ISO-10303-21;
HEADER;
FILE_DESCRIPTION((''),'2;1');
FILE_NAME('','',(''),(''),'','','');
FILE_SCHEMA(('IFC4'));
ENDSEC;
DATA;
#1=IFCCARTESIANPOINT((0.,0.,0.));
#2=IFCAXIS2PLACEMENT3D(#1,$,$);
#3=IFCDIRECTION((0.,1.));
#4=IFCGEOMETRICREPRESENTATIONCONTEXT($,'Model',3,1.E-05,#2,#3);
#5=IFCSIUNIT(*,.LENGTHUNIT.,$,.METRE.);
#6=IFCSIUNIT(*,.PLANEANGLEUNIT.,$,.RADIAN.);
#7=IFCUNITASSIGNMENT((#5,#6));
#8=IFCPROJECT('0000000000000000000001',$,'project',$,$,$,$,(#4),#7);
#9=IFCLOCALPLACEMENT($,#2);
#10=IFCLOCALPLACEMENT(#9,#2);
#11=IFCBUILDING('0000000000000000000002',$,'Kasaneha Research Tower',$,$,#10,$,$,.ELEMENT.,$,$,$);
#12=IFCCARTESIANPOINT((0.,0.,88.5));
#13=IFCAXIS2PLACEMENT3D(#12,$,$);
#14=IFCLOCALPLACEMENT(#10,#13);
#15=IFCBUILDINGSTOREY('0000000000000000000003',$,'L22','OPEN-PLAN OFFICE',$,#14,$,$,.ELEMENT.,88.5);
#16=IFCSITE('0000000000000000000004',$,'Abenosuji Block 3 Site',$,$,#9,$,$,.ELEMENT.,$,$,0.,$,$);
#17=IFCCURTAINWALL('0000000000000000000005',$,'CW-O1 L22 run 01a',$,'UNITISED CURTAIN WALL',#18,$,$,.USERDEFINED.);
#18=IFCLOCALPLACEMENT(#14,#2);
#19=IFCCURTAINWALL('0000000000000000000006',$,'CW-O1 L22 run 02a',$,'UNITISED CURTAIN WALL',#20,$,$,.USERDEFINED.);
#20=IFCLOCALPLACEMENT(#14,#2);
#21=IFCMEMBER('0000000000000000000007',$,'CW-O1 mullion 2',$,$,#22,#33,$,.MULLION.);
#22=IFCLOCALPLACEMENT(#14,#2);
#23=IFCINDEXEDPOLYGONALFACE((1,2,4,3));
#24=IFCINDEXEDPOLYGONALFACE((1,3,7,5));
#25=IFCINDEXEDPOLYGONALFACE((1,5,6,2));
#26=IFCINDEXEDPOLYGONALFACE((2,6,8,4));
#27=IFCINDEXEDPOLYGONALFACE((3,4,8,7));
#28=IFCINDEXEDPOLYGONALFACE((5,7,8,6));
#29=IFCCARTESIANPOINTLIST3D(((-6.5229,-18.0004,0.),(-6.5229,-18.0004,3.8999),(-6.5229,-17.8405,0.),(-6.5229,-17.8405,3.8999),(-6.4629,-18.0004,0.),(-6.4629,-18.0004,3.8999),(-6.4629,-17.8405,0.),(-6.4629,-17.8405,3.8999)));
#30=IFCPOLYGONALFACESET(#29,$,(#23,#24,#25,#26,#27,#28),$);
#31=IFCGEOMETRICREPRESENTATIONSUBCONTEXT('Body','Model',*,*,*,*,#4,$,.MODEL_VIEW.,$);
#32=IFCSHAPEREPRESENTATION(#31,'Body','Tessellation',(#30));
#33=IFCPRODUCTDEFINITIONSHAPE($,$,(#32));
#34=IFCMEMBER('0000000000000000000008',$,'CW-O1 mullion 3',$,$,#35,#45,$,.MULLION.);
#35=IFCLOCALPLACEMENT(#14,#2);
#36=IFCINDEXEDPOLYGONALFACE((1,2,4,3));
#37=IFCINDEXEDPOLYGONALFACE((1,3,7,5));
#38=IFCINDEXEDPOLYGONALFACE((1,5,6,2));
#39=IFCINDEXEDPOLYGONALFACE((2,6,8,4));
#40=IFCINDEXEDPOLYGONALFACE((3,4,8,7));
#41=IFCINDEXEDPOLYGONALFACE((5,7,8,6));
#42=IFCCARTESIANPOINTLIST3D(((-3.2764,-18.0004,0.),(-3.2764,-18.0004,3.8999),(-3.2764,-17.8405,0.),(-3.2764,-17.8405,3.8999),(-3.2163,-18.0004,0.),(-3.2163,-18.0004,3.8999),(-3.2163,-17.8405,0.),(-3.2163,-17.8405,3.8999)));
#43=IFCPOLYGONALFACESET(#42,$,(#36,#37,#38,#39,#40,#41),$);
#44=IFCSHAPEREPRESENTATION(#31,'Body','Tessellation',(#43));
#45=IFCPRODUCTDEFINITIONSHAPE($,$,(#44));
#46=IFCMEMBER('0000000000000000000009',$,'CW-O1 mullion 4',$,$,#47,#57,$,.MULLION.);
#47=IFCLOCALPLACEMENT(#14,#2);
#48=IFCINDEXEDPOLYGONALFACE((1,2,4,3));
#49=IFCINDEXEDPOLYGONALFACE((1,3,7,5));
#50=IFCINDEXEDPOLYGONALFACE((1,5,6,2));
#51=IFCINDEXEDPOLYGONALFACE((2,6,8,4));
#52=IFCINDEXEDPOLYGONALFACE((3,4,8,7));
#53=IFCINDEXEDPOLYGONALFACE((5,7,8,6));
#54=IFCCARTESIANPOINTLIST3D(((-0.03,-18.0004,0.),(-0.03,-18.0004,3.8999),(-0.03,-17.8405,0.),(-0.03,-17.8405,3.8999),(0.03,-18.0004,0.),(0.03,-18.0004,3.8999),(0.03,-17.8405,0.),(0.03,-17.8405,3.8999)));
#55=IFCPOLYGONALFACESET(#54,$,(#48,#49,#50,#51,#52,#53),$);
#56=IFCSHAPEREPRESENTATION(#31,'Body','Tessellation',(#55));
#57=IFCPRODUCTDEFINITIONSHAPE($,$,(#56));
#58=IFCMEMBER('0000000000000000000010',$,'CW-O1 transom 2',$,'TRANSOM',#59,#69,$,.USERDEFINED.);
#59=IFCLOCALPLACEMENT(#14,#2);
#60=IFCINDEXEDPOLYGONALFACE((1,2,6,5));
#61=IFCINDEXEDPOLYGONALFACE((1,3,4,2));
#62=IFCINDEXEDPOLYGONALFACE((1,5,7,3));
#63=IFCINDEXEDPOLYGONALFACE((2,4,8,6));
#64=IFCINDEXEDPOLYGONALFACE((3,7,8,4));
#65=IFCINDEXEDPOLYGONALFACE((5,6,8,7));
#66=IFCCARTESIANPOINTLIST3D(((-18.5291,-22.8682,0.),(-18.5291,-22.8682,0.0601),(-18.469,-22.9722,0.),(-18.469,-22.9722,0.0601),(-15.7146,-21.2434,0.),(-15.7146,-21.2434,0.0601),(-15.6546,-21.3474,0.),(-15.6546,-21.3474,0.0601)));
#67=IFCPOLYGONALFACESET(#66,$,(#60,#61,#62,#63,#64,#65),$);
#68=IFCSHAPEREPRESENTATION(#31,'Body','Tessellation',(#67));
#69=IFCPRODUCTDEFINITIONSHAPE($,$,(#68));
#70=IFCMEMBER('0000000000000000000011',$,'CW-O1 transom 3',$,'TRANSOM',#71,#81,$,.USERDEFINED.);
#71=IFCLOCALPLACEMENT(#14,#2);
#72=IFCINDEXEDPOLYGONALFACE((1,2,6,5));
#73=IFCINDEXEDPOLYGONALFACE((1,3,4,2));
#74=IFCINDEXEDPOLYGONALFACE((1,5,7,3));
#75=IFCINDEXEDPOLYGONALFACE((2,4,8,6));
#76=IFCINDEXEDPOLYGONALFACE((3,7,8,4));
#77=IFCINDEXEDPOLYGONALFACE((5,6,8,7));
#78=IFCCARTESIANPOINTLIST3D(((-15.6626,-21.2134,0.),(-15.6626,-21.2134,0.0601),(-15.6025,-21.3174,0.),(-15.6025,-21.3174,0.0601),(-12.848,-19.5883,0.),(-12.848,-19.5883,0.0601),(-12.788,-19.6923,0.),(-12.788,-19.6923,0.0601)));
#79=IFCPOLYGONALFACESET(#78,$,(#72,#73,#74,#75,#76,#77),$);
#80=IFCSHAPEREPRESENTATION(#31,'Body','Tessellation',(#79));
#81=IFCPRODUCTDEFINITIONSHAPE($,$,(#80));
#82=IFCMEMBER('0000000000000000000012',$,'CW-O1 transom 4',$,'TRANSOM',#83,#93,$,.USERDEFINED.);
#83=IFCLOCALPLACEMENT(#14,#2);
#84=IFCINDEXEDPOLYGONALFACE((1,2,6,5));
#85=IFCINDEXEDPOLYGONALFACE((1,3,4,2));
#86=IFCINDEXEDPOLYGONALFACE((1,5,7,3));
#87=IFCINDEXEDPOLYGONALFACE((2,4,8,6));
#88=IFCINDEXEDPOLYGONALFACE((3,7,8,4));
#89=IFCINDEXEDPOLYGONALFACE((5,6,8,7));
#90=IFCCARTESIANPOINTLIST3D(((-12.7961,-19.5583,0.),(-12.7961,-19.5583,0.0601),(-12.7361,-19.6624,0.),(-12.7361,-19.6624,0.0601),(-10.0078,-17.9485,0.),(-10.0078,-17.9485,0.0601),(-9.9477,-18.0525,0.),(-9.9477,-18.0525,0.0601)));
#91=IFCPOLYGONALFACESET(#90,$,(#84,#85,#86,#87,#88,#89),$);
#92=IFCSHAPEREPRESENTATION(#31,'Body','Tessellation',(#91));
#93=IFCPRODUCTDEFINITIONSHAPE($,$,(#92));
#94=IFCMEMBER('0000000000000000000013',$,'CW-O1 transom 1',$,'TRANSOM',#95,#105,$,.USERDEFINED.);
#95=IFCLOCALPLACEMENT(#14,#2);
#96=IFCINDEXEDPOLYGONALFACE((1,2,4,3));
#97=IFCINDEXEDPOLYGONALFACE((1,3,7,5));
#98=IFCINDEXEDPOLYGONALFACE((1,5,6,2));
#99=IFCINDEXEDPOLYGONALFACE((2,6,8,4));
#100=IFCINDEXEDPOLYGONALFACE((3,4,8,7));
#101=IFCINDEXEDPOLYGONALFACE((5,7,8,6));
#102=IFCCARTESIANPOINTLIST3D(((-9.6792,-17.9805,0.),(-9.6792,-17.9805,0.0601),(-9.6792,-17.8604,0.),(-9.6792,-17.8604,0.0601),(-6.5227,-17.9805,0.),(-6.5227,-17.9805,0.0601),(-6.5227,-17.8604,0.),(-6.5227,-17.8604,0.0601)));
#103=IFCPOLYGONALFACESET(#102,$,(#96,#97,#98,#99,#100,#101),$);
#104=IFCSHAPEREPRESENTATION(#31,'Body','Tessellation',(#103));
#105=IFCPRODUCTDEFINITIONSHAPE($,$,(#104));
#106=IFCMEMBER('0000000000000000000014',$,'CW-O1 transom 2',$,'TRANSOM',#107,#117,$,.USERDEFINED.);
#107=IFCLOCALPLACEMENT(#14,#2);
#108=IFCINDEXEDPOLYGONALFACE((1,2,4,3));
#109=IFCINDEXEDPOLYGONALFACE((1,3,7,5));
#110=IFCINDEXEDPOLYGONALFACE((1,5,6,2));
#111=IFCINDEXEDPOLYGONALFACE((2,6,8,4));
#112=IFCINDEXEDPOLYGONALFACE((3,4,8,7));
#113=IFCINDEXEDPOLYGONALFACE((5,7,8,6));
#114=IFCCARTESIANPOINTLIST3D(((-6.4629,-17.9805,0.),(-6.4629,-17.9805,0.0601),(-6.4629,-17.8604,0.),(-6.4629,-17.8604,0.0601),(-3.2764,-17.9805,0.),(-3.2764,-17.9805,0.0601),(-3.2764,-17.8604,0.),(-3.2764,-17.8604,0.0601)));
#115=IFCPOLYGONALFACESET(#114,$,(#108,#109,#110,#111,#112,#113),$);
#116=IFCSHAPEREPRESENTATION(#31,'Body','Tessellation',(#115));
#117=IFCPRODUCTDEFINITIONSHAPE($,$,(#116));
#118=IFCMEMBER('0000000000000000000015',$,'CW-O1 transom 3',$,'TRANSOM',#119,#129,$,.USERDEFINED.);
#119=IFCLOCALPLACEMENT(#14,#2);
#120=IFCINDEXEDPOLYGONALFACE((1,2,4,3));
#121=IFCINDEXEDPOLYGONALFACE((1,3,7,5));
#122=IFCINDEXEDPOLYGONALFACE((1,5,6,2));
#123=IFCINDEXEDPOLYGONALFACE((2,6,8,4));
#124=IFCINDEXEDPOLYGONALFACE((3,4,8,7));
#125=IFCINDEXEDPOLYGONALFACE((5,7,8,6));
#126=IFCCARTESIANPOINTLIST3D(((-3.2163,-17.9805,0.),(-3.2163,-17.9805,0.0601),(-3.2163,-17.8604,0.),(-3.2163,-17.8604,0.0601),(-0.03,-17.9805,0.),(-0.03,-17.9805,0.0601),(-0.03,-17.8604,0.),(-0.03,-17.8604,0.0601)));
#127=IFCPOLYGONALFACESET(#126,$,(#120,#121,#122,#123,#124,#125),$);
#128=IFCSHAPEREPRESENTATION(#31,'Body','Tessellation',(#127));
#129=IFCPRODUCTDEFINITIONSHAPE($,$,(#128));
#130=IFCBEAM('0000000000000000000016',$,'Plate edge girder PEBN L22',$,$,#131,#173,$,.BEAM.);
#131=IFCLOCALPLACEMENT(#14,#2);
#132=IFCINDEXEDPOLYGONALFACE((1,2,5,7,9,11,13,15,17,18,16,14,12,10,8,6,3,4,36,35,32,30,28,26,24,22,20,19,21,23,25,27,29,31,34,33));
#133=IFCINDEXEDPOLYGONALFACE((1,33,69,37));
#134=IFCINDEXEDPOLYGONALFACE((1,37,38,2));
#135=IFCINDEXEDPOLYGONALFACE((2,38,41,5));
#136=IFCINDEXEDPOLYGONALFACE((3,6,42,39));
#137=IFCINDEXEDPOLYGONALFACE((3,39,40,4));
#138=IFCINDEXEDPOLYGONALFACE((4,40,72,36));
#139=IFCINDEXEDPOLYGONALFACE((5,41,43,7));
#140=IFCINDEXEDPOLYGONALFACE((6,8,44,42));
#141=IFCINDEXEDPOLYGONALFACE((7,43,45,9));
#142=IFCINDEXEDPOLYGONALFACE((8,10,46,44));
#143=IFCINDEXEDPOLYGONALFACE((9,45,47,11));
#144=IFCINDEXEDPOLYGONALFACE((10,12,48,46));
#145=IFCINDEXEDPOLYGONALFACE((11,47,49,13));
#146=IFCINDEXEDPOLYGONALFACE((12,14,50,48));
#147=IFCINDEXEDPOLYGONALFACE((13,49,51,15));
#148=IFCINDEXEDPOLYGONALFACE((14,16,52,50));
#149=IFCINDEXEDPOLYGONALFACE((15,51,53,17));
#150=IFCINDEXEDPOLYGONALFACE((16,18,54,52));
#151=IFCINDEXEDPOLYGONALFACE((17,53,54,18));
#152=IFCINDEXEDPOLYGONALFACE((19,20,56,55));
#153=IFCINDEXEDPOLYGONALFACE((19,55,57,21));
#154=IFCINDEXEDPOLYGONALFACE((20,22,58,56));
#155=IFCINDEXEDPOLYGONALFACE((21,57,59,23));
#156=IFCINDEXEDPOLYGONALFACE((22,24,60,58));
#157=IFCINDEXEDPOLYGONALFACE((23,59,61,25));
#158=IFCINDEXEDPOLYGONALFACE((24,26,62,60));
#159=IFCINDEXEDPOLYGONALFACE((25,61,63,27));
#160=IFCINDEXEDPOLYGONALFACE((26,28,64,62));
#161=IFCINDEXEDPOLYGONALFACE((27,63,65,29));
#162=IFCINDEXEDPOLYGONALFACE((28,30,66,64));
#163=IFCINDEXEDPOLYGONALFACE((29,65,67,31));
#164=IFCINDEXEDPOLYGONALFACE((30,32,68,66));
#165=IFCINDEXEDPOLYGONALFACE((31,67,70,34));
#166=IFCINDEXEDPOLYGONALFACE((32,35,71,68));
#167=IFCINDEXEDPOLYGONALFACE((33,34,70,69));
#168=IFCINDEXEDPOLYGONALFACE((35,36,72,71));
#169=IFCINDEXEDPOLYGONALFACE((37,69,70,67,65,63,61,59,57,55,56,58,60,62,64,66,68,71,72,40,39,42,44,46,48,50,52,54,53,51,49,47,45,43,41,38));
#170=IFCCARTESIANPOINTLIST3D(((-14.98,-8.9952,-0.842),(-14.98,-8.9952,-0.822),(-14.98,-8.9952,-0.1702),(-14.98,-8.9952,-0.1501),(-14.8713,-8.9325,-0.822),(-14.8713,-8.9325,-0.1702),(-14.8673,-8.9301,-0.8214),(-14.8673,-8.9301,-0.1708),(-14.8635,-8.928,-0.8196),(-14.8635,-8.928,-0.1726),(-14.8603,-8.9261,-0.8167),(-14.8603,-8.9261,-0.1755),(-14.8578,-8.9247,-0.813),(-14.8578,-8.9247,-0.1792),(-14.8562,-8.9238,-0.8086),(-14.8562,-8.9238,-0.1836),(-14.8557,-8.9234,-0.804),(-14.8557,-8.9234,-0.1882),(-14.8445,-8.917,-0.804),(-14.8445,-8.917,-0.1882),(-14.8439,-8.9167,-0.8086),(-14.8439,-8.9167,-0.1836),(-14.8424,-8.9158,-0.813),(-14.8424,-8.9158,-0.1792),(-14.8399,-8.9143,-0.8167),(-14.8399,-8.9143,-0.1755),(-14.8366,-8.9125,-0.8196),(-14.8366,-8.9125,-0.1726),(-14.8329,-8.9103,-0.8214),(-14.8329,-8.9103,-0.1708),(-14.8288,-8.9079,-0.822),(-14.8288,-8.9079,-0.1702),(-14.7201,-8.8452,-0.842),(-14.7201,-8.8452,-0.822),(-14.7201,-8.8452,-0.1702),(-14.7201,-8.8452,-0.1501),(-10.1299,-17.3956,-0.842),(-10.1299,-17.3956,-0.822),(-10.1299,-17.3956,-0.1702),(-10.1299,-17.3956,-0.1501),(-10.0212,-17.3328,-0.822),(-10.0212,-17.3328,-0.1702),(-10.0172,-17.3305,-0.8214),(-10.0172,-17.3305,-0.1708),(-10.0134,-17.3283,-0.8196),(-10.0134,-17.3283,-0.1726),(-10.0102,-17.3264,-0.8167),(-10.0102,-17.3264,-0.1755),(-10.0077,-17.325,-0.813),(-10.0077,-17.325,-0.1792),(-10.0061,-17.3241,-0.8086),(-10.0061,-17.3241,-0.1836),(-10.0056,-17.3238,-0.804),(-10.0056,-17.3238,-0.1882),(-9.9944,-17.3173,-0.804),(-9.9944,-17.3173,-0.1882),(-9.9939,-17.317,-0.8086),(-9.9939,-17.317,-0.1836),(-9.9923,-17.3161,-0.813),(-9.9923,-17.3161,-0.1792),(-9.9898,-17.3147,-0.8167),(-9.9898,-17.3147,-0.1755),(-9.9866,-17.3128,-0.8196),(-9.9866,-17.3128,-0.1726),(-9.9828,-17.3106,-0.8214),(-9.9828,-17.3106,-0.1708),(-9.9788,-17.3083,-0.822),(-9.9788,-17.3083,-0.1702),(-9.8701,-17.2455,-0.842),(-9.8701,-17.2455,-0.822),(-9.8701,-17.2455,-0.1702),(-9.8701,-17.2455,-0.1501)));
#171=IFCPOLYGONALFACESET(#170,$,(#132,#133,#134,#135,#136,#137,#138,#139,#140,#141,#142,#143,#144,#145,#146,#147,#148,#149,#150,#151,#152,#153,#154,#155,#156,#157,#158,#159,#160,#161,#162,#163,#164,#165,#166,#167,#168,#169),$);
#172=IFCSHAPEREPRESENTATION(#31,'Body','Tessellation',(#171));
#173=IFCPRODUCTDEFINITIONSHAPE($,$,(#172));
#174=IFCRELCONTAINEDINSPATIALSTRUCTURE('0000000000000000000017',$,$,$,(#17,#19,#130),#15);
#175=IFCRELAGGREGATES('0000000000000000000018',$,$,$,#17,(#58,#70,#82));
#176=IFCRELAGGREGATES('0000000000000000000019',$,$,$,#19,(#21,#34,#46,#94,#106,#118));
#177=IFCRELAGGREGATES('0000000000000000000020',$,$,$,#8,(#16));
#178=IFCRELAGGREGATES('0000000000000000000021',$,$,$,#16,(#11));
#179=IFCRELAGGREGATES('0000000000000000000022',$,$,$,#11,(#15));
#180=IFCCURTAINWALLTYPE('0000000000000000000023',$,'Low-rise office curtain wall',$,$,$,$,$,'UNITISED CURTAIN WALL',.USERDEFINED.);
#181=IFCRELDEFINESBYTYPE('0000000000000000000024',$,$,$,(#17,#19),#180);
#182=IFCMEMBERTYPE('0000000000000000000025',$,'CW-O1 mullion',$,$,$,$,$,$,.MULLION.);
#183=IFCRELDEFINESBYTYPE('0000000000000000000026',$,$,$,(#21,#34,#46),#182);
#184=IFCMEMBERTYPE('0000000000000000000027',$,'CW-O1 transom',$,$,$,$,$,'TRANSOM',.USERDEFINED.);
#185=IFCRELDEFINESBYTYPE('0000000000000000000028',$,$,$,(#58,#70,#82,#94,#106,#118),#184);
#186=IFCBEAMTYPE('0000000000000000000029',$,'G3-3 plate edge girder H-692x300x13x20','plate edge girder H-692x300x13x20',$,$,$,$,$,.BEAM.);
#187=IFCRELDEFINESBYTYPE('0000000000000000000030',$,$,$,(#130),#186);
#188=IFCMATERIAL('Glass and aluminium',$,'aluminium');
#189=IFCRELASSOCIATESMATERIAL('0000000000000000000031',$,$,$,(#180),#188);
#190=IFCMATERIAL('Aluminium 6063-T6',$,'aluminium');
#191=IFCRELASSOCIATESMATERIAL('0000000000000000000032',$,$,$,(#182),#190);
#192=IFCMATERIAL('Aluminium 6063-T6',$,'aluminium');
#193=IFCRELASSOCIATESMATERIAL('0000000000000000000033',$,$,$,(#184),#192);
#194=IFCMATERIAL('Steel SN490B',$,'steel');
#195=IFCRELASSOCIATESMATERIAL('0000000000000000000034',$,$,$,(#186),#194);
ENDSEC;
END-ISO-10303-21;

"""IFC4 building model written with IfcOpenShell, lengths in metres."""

from ifc_helpers import new_model, si_unit, direction, frame, origin, origin_2d, place, context, subcontext, project, spatial, rectangle, i_section, extrude, material, material_profile, profile_set, type_object, element, aggregate, save


model = new_model("IFC4")

# Units and contexts
model_context = context("Model", 3, precision=1e-05, world=origin(), true_north=direction((0.0, 1.0)))
body_context = subcontext(model_context, "Body", "Model", "MODEL_VIEW")
ifc_project = project(units=[si_unit("LENGTHUNIT", "METRE"), si_unit("PLANEANGLEUNIT", "RADIAN")], contexts=[model_context])

# Site, building, storey
site_placement = place(None, origin())
site = spatial("IfcSite", under=ifc_project, at=site_placement, Name="Abenosuji Block 3 Site", CompositionType="ELEMENT", RefElevation=0.0)
building_placement = place(site_placement, origin())
building = spatial("IfcBuilding", under=site, at=building_placement, Name="Kasaneha Research Tower", CompositionType="ELEMENT")
storey_placement = place(building_placement, frame((0.0, 0.0, 88.5)))
storey = spatial("IfcBuildingStorey", under=building, at=storey_placement, Name="L22", Description="OPEN-PLAN OFFICE", CompositionType="ELEMENT", Elevation=88.5)

# Curtain walls, members
ifc_material_1 = material(Name="Glass and aluminium", Category="aluminium")
curtain_wall_type = type_object("IfcCurtainWallType", Name="Low-rise office curtain wall", ElementType="UNITISED CURTAIN WALL", PredefinedType="USERDEFINED", material=ifc_material_1)
curtain_wall_1_placement = place(storey_placement, origin())
curtain_wall_1 = element("IfcCurtainWall", 1, at=curtain_wall_1_placement, inside=storey, type_object=curtain_wall_type, Name="CW-O1 L22 run 01a", ObjectType="UNITISED CURTAIN WALL", PredefinedType="USERDEFINED")
ifc_material_2 = material(Name="Aluminium 6063-T6", Category="aluminium")
ifc_material_profile_1 = material_profile(ifc_material_2, rectangle(XDim=0.0601, YDim=0.1599, at=origin_2d()), Name="CW-O1 mullion 60x160")
ifc_profile_set_1 = profile_set([ifc_material_profile_1], Name="Aluminium 6063-T6")
member_type_1 = type_object("IfcMemberType", Name="CW-O1 mullion", PredefinedType="MULLION", material=ifc_profile_set_1)
curtain_wall_2_placement = place(storey_placement, origin())
curtain_wall_2 = element("IfcCurtainWall", 2, at=curtain_wall_2_placement, inside=storey, type_object=curtain_wall_type, Name="CW-O1 L22 run 02a", ObjectType="UNITISED CURTAIN WALL", PredefinedType="USERDEFINED")
member_1_placement = place(storey_placement, frame((-6.4929, -17.9204, 0.0), z_axis=(0.0, 0.0, 1.0), x_axis=(1.0, 0.0, 0.0)))
member_1 = element("IfcMember", 3, at=member_1_placement, type_object=member_type_1, Name="CW-O1 mullion 2", PredefinedType="MULLION", context=body_context, shape_type="SweptSolid", body=[
    extrude(rectangle(XDim=0.0601, YDim=0.1599, at=origin_2d()), origin(), (0.0, 0.0, 1.0), 3.8999),
])
member_2_placement = place(storey_placement, frame((-3.2463, -17.9204, 0.0), z_axis=(0.0, 0.0, 1.0), x_axis=(1.0, 0.0, 0.0)))
member_2 = element("IfcMember", 4, at=member_2_placement, type_object=member_type_1, Name="CW-O1 mullion 3", PredefinedType="MULLION", context=body_context, shape_type="SweptSolid", body=[
    extrude(rectangle(XDim=0.0601, YDim=0.1599, at=origin_2d()), origin(), (0.0, 0.0, 1.0), 3.8999),
])
member_3_placement = place(storey_placement, frame((0.0, -17.9204, 0.0), z_axis=(0.0, 0.0, 1.0), x_axis=(1.0, 0.0, 0.0)))
member_3 = element("IfcMember", 5, at=member_3_placement, type_object=member_type_1, Name="CW-O1 mullion 4", PredefinedType="MULLION", context=body_context, shape_type="SweptSolid", body=[
    extrude(rectangle(XDim=0.0601, YDim=0.1599, at=origin_2d()), origin(), (0.0, 0.0, 1.0), 3.8999),
])

# Members
ifc_material_3 = material(Name="Aluminium 6063-T6", Category="aluminium")
ifc_material_profile_2 = material_profile(ifc_material_3, rectangle(XDim=0.1201, YDim=0.0601, at=origin_2d()), Name="CW-O1 transom 120x60")
ifc_profile_set_2 = profile_set([ifc_material_profile_2], Name="Aluminium 6063-T6")
member_type_2 = type_object("IfcMemberType", Name="CW-O1 transom", ElementType="TRANSOM", PredefinedType="USERDEFINED", material=ifc_profile_set_2)
member_4_placement = place(storey_placement, frame((-18.499, -22.9202, 0.03), z_axis=(0.866048, 0.499961, 0.0), x_axis=(-0.499961, 0.866048, 0.0)))
member_4 = element("IfcMember", 6, at=member_4_placement, type_object=member_type_2, Name="CW-O1 transom 2", ObjectType="TRANSOM", PredefinedType="USERDEFINED", context=body_context, shape_type="SweptSolid", body=[
    extrude(rectangle(XDim=0.1201, YDim=0.0601, at=origin_2d()), origin(), (0.0, 0.0, 1.0), 3.2498),
])
member_5_placement = place(storey_placement, frame((-15.6326, -21.2654, 0.03), z_axis=(0.866015, 0.500017, 0.0), x_axis=(-0.500017, 0.866015, 0.0)))
member_5 = element("IfcMember", 7, at=member_5_placement, type_object=member_type_2, Name="CW-O1 transom 3", ObjectType="TRANSOM", PredefinedType="USERDEFINED", context=body_context, shape_type="SweptSolid", body=[
    extrude(rectangle(XDim=0.1201, YDim=0.0601, at=origin_2d()), origin(), (0.0, 0.0, 1.0), 3.25),
])
member_6_placement = place(storey_placement, frame((-12.7661, -19.6104, 0.03), z_axis=(0.866023, 0.500005, 0.0), x_axis=(-0.500005, 0.866023, 0.0)))
member_6 = element("IfcMember", 8, at=member_6_placement, type_object=member_type_2, Name="CW-O1 transom 4", ObjectType="TRANSOM", PredefinedType="USERDEFINED", context=body_context, shape_type="SweptSolid", body=[
    extrude(rectangle(XDim=0.1201, YDim=0.0601, at=origin_2d()), origin(), (0.0, 0.0, 1.0), 3.2197),
])
member_7_placement = place(storey_placement, frame((-9.6792, -17.9204, 0.03), z_axis=(1.0, 0.0, 0.0), x_axis=(0.0, 1.0, 0.0)))
member_7 = element("IfcMember", 9, at=member_7_placement, type_object=member_type_2, Name="CW-O1 transom 1", ObjectType="TRANSOM", PredefinedType="USERDEFINED", context=body_context, shape_type="SweptSolid", body=[
    extrude(rectangle(XDim=0.1201, YDim=0.0601, at=origin_2d()), origin(), (0.0, 0.0, 1.0), 3.1565),
])
member_8_placement = place(storey_placement, frame((-6.4629, -17.9204, 0.03), z_axis=(1.0, 0.0, 0.0), x_axis=(0.0, 1.0, 0.0)))
member_8 = element("IfcMember", 10, at=member_8_placement, type_object=member_type_2, Name="CW-O1 transom 2", ObjectType="TRANSOM", PredefinedType="USERDEFINED", context=body_context, shape_type="SweptSolid", body=[
    extrude(rectangle(XDim=0.1201, YDim=0.0601, at=origin_2d()), origin(), (0.0, 0.0, 1.0), 3.1865),
])
member_9_placement = place(storey_placement, frame((-3.2163, -17.9204, 0.03), z_axis=(1.0, 0.0, 0.0), x_axis=(0.0, 1.0, 0.0)))
member_9 = element("IfcMember", 11, at=member_9_placement, type_object=member_type_2, Name="CW-O1 transom 3", ObjectType="TRANSOM", PredefinedType="USERDEFINED", context=body_context, shape_type="SweptSolid", body=[
    extrude(rectangle(XDim=0.1201, YDim=0.0601, at=origin_2d()), origin(), (0.0, 0.0, 1.0), 3.1863),
])

# Beam
ifc_material_4 = material(Name="Steel SN490B", Category="steel")
ifc_material_profile_3 = material_profile(ifc_material_4, i_section(OverallWidth=0.3, OverallDepth=0.6919, WebThickness=0.0129, FlangeThickness=0.02, FilletRadius=0.0181, at=origin_2d()), Name="H-692x300x13x20")
ifc_profile_set_3 = profile_set([ifc_material_profile_3], Name="Steel SN490B")
beam_type_1 = type_object("IfcBeamType", Name="G3-3 plate edge girder H-692x300x13x20", Description="plate edge girder H-692x300x13x20", PredefinedType="BEAM", material=ifc_profile_set_3)
beam_1_placement = place(storey_placement, frame((-10.0, -17.3206, -0.4961), z_axis=(-0.50001, 0.86602, 0.0), x_axis=(-0.86602, -0.50001, 0.0)))
element("IfcBeam", 12, at=beam_1_placement, inside=storey, type_object=beam_type_1, Name="Plate edge girder PEBN L22", PredefinedType="BEAM", context=body_context, shape_type="SweptSolid", body=[
    extrude(i_section(OverallWidth=0.3, OverallDepth=0.6919, WebThickness=0.0129, FlangeThickness=0.02, FilletRadius=0.0181, at=origin_2d()), origin(), (0.0, 0.0, 1.0), 9.7),
])

aggregate(curtain_wall_1, [member_4, member_5, member_6])
aggregate(curtain_wall_2, [member_1, member_2, member_3, member_7, member_8, member_9])

save(model, "model.ifc")
